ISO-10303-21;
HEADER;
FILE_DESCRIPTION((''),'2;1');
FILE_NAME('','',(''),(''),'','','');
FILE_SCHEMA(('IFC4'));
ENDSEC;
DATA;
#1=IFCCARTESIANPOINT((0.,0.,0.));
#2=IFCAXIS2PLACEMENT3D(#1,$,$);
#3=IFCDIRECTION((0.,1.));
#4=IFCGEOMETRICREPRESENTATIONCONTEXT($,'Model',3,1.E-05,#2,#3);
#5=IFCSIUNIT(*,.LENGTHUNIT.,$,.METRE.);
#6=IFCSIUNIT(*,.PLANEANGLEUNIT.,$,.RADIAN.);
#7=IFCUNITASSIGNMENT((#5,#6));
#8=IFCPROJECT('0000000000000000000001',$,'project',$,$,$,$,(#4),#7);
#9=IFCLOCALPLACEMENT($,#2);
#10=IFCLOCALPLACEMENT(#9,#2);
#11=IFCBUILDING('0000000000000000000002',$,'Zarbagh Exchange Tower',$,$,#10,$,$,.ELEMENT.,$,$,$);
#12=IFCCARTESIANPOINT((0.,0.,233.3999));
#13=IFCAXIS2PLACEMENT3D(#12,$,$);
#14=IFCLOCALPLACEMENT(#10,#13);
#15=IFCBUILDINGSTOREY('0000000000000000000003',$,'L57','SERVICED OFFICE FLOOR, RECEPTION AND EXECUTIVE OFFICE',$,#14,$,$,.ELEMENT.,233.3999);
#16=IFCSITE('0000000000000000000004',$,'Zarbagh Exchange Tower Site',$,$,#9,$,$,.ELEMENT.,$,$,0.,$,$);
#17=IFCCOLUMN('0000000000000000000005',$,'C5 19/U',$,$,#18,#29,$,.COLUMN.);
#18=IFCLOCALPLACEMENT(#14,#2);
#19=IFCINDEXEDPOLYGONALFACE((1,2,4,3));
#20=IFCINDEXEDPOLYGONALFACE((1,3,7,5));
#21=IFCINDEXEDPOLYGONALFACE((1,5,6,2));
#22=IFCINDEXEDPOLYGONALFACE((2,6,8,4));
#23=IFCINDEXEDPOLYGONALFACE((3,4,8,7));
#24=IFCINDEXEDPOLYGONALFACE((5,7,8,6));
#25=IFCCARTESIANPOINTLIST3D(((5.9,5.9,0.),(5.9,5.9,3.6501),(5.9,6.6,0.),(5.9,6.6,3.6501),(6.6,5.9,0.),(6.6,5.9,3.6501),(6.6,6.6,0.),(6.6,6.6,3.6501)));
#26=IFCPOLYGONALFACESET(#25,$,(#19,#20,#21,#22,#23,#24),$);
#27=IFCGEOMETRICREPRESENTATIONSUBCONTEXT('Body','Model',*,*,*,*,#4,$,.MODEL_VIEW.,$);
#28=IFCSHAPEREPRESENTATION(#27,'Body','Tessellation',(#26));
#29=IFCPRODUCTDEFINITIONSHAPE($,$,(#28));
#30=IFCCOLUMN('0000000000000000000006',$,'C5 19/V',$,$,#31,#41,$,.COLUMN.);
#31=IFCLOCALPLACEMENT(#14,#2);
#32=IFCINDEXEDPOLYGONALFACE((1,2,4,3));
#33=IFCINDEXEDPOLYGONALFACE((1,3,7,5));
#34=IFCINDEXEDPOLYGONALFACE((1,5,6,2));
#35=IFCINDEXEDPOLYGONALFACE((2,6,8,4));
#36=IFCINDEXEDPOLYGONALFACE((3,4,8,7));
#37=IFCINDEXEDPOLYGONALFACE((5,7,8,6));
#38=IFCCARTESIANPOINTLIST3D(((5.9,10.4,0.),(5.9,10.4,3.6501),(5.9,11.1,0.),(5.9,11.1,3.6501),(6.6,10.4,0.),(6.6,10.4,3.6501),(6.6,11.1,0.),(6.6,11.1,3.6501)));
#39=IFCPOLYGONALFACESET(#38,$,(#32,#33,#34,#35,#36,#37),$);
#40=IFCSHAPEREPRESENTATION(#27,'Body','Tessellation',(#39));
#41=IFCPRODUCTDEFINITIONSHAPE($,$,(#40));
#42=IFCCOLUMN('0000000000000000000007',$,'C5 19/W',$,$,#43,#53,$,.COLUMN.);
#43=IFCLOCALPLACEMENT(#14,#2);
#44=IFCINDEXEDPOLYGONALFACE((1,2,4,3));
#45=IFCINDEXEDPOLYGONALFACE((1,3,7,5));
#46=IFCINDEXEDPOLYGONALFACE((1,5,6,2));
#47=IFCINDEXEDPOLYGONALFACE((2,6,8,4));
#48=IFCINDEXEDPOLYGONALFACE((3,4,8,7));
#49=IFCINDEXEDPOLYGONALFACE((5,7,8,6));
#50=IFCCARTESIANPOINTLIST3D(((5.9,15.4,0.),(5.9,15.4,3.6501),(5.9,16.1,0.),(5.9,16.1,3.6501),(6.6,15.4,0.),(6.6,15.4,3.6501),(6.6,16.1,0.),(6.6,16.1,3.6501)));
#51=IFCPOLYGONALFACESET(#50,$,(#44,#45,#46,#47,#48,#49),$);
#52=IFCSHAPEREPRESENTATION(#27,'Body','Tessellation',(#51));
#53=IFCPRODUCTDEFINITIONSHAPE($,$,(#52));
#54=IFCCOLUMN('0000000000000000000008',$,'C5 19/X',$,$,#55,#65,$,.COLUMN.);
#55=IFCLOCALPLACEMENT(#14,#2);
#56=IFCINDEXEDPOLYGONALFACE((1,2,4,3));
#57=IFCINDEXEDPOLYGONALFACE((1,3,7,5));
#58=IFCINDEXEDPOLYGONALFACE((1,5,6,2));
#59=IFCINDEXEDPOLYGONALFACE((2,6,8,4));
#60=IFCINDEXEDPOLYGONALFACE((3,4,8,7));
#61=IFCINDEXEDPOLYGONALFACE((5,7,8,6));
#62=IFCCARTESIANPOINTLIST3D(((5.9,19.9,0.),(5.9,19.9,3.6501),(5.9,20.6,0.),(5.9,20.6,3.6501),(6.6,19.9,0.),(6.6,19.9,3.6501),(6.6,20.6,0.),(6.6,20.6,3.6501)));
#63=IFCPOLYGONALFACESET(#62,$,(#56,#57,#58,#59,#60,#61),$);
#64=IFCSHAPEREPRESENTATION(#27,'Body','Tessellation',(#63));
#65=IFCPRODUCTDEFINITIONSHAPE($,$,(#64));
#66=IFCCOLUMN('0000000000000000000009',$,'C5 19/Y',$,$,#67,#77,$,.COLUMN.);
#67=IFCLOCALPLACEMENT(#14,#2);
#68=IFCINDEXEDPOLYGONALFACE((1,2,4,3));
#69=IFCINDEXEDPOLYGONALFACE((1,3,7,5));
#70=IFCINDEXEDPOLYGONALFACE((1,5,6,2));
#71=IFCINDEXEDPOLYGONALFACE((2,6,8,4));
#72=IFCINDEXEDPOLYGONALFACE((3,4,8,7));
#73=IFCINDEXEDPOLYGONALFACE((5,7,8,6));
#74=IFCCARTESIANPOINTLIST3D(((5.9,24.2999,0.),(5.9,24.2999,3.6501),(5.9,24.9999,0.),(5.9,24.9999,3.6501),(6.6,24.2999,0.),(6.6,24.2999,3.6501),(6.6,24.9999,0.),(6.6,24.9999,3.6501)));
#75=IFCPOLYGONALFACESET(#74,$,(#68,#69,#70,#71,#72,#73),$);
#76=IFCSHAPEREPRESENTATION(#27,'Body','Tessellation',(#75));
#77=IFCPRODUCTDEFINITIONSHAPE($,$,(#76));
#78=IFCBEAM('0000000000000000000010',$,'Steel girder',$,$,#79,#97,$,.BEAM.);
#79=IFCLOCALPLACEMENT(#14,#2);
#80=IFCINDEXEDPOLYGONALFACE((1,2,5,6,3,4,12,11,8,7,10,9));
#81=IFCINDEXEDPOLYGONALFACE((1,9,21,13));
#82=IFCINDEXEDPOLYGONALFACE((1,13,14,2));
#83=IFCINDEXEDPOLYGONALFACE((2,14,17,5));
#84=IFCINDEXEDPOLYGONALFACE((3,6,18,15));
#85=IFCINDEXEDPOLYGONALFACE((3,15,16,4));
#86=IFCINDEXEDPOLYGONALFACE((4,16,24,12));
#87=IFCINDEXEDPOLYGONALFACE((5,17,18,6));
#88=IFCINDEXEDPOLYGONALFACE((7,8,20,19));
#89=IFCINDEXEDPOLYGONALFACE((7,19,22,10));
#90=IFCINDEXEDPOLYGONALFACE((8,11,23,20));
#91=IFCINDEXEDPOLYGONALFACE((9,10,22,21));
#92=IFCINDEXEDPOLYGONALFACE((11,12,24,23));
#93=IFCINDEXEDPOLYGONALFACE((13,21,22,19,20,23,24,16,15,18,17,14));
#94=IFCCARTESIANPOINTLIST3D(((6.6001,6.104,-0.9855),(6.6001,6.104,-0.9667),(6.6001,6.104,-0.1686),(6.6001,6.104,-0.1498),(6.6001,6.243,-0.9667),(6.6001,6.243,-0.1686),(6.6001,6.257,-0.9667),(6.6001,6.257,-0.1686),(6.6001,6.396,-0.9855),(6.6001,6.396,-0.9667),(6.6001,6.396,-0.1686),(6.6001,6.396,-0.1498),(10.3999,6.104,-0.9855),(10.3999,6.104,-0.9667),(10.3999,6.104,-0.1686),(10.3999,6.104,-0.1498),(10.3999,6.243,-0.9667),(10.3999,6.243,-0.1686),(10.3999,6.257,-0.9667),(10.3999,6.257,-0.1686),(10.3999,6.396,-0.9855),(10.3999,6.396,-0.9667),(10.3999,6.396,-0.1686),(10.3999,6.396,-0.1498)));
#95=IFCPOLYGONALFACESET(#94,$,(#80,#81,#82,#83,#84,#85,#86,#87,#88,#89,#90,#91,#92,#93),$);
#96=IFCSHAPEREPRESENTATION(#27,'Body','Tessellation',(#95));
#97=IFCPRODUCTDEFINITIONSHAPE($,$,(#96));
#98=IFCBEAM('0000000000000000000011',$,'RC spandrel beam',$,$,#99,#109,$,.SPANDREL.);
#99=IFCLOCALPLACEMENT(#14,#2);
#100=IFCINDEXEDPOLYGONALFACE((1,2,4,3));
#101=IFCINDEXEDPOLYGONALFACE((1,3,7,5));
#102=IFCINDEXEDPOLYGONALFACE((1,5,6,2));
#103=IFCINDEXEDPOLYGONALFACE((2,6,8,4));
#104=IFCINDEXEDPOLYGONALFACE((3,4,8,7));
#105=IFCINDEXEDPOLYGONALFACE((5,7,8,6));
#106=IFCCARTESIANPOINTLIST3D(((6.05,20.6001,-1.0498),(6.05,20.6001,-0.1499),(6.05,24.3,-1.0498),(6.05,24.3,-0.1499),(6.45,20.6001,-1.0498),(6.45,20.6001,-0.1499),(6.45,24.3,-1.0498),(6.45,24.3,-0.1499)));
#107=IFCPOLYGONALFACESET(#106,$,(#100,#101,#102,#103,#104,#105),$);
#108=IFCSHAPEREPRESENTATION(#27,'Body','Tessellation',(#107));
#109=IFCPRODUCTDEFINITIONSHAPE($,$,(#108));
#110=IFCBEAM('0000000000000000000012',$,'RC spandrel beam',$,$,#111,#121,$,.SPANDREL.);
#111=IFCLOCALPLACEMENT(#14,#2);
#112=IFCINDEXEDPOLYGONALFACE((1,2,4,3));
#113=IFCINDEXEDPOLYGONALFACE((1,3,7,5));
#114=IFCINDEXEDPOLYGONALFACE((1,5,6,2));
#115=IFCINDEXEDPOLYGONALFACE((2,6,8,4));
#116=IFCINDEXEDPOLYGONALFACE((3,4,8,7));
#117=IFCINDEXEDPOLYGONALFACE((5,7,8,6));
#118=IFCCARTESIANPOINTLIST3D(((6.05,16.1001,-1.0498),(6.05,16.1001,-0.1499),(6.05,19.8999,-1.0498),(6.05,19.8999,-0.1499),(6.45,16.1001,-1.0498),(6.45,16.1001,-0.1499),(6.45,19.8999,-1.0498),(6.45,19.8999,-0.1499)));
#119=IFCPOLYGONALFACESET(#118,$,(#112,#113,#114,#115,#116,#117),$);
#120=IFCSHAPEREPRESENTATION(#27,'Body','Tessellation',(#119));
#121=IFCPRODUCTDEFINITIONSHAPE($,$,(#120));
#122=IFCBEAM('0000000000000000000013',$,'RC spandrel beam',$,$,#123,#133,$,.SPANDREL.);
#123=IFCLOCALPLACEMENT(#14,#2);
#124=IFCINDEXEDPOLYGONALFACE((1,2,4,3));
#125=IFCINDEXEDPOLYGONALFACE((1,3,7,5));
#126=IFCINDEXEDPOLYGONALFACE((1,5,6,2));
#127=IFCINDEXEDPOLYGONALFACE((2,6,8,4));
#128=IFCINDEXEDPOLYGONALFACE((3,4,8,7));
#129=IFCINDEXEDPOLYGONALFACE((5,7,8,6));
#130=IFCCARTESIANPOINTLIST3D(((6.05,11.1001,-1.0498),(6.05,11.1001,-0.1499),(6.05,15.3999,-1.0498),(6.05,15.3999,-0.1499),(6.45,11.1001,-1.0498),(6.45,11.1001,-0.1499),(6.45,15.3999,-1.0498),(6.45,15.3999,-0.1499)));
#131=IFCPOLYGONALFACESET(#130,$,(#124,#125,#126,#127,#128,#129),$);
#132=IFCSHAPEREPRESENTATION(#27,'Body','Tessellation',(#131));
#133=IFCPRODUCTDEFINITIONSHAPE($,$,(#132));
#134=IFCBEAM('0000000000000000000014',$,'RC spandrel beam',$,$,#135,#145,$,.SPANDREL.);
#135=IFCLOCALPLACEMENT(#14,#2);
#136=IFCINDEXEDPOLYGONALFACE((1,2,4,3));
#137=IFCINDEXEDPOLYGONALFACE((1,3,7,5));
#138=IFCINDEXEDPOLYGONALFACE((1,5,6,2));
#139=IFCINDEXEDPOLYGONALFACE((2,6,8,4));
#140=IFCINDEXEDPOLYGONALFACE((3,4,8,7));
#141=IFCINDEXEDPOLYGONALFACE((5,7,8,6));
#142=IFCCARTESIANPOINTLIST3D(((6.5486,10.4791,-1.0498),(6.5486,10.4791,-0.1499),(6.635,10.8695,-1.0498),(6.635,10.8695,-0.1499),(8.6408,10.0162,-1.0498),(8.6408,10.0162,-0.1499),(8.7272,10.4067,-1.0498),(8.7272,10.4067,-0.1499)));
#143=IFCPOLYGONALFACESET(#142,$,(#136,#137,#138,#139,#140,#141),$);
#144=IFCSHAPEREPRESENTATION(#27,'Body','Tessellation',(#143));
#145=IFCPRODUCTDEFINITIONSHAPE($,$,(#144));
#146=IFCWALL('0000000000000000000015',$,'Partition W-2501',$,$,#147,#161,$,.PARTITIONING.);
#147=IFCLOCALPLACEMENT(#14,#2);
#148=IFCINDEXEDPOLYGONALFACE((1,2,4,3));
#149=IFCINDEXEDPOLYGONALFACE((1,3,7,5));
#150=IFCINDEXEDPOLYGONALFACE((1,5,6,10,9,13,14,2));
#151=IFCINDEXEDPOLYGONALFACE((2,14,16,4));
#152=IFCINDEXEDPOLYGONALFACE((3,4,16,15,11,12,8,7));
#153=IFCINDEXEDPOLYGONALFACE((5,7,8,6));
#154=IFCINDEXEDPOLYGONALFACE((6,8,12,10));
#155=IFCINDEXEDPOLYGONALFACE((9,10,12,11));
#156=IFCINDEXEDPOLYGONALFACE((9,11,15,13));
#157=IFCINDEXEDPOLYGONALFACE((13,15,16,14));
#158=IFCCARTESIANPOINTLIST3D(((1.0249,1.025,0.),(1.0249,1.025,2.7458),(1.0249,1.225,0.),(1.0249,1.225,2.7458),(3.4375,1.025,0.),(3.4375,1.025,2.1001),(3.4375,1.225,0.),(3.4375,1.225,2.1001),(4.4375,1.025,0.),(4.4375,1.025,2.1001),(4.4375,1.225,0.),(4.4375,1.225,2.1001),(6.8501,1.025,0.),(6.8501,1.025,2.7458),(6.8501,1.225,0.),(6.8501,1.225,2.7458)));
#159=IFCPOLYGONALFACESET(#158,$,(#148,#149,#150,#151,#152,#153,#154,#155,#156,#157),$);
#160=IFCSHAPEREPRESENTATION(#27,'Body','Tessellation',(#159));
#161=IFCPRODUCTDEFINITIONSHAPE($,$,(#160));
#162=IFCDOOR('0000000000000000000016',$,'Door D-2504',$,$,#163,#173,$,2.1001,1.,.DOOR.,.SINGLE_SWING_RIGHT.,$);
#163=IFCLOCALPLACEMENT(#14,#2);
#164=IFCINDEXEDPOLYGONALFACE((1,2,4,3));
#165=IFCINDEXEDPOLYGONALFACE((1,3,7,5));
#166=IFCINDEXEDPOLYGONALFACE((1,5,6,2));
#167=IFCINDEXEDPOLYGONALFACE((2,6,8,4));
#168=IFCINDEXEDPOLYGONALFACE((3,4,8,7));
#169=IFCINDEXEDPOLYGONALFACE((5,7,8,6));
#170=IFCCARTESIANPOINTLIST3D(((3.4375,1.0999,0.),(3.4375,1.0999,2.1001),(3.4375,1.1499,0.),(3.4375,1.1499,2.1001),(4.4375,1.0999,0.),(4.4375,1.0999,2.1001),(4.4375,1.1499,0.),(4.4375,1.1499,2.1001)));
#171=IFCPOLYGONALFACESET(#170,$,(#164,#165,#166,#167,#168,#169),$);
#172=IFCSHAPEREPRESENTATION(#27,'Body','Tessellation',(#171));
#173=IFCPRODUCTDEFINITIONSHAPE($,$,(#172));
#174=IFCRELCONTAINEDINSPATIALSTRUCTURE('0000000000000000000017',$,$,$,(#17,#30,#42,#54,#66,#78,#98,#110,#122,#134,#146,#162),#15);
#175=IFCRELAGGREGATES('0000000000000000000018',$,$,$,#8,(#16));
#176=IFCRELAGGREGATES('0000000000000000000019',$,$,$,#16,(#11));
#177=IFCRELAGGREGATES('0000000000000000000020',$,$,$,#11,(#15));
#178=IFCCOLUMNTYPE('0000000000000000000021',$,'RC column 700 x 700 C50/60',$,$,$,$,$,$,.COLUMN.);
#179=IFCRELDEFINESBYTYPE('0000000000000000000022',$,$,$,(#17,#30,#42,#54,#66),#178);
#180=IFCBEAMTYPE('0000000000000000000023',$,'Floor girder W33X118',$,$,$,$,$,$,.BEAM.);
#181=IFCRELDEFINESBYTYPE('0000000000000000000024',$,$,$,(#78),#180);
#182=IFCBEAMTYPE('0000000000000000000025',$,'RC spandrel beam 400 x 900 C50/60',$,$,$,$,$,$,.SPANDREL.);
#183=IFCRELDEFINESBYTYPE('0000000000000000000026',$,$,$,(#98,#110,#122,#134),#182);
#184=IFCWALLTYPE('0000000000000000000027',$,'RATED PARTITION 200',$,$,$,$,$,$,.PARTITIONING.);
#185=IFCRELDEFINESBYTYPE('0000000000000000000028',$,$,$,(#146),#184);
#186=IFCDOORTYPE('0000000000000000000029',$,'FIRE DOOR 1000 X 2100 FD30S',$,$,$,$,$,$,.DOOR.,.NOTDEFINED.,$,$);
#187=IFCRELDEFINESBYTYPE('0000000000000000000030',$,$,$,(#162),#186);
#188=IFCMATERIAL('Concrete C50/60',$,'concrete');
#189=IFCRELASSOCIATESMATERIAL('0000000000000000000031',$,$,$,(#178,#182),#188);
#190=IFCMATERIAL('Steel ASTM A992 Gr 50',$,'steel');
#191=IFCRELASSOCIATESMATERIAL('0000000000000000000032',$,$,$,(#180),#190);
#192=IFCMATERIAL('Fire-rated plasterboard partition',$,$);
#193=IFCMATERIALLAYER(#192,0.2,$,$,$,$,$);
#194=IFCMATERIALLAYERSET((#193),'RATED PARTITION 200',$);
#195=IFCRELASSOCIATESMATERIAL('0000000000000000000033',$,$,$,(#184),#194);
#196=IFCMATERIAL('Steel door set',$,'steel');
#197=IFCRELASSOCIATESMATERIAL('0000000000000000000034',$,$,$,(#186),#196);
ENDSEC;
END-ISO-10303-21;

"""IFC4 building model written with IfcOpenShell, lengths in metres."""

from ifc_helpers import new_model, si_unit, direction, frame, frame_2d, origin, origin_2d, place, context, subcontext, project, spatial, rectangle, i_section, extrude, material, layer, layer_set, material_profile, profile_set, type_object, element, fill, save


model = new_model("IFC4")

# Units and contexts
model_context = context("Model", 3, precision=1e-05, world=origin(), true_north=direction((0.0, 1.0)))
body_context = subcontext(model_context, "Body", "Model", "MODEL_VIEW")
ifc_project = project(units=[si_unit("LENGTHUNIT", "METRE"), si_unit("PLANEANGLEUNIT", "RADIAN")], contexts=[model_context])

# Site, building, storey
site_placement = place(None, origin())
site = spatial("IfcSite", under=ifc_project, at=site_placement, Name="Zarbagh Exchange Tower Site", CompositionType="ELEMENT", RefElevation=0.0)
building_placement = place(site_placement, origin())
building = spatial("IfcBuilding", under=site, at=building_placement, Name="Zarbagh Exchange Tower", CompositionType="ELEMENT")
storey_placement = place(building_placement, frame((0.0, 0.0, 233.3999)))
storey = spatial("IfcBuildingStorey", under=building, at=storey_placement, Name="L57", Description="SERVICED OFFICE FLOOR, RECEPTION AND EXECUTIVE OFFICE", CompositionType="ELEMENT", Elevation=233.3999)

# Columns
ifc_material_1 = material(Name="Concrete C50/60", Category="concrete")
ifc_material_profile_1 = material_profile(ifc_material_1, rectangle(XDim=0.7, YDim=0.7, at=origin_2d()), Name="RC column 700 x 700 C50/60")
ifc_profile_set_1 = profile_set([ifc_material_profile_1], Name="Concrete C50/60")
column_type = type_object("IfcColumnType", Name="RC column 700 x 700 C50/60", PredefinedType="COLUMN", material=ifc_profile_set_1)
for number, where, z_axis, x_axis, name in (
    (1, (6.25, 6.25, 0.0), (0.0, 0.0, 1.0), (1.0, 0.0, 0.0), "C5 19/U"),
    (2, (6.25, 10.75, 0.0), (0.0, 0.0, 1.0), (1.0, 0.0, 0.0), "C5 19/V"),
    (3, (6.25, 15.75, 0.0), (0.0, 0.0, 1.0), (1.0, 0.0, 0.0), "C5 19/W"),
    (4, (6.25, 20.25, 0.0), (0.0, 0.0, 1.0), (1.0, 0.0, 0.0), "C5 19/X"),
    (5, (6.25, 24.6499, 0.0), (0.0, 0.0, 1.0), (1.0, 0.0, 0.0), "C5 19/Y"),
):
    element("IfcColumn", number, at=place(storey_placement, frame(where, z_axis=z_axis, x_axis=x_axis)), inside=storey, type_object=column_type, Name=name, PredefinedType="COLUMN", context=body_context, shape_type="SweptSolid", body=[
        extrude(rectangle(XDim=0.7, YDim=0.7, at=origin_2d()), origin(), (0.0, 0.0, 1.0), 3.6501),
    ])

# Beams
ifc_material_2 = material(Name="Steel ASTM A992 Gr 50", Category="steel")
ifc_material_profile_2 = material_profile(ifc_material_2, i_section(OverallWidth=0.292, OverallDepth=0.8357, WebThickness=0.0139, FlangeThickness=0.0188, at=origin_2d()), Name="W33X118")
ifc_profile_set_2 = profile_set([ifc_material_profile_2], Name="Steel ASTM A992 Gr 50")
beam_type_1 = type_object("IfcBeamType", Name="Floor girder W33X118", PredefinedType="BEAM", material=ifc_profile_set_2)
beam_1_placement = place(storey_placement, frame((6.6001, 6.25, -0.5676), z_axis=(1.0, 0.0, 0.0), x_axis=(0.0, 1.0, 0.0)))
element("IfcBeam", 6, at=beam_1_placement, inside=storey, type_object=beam_type_1, Name="Steel girder", PredefinedType="BEAM", context=body_context, shape_type="SweptSolid", body=[
    extrude(i_section(OverallWidth=0.292, OverallDepth=0.8357, WebThickness=0.0139, FlangeThickness=0.0188, at=origin_2d()), origin(), (0.0, 0.0, 1.0), 3.7998),
])
ifc_material_profile_3 = material_profile(ifc_material_1, rectangle(XDim=0.3999, YDim=0.8999, at=origin_2d()), Name="RC spandrel beam 400 x 900 C50/60")
ifc_profile_set_3 = profile_set([ifc_material_profile_3], Name="Concrete C50/60")
beam_type_2 = type_object("IfcBeamType", Name="RC spandrel beam 400 x 900 C50/60", PredefinedType="SPANDREL", material=ifc_profile_set_3)
beam_2_placement = place(storey_placement, frame((6.25, 24.3, -0.5999), z_axis=(0.0, -1.0, 0.0), x_axis=(1.0, 0.0, 0.0)))
element("IfcBeam", 7, at=beam_2_placement, inside=storey, type_object=beam_type_2, Name="RC spandrel beam", PredefinedType="SPANDREL", context=body_context, shape_type="SweptSolid", body=[
    extrude(rectangle(XDim=0.3999, YDim=0.8999, at=origin_2d()), origin(), (0.0, 0.0, 1.0), 3.7),
])
beam_3_placement = place(storey_placement, frame((6.25, 19.8999, -0.5999), z_axis=(0.0, -1.0, 0.0), x_axis=(1.0, 0.0, 0.0)))
element("IfcBeam", 8, at=beam_3_placement, inside=storey, type_object=beam_type_2, Name="RC spandrel beam", PredefinedType="SPANDREL", context=body_context, shape_type="SweptSolid", body=[
    extrude(rectangle(XDim=0.3999, YDim=0.8999, at=origin_2d()), origin(), (0.0, 0.0, 1.0), 3.7998),
])
beam_4_placement = place(storey_placement, frame((6.25, 15.3999, -0.5999), z_axis=(0.0, -1.0, 0.0), x_axis=(1.0, 0.0, 0.0)))
element("IfcBeam", 9, at=beam_4_placement, inside=storey, type_object=beam_type_2, Name="RC spandrel beam", PredefinedType="SPANDREL", context=body_context, shape_type="SweptSolid", body=[
    extrude(rectangle(XDim=0.3999, YDim=0.8999, at=origin_2d()), origin(), (0.0, 0.0, 1.0), 4.2998),
])
beam_5_placement = place(storey_placement, frame((6.5918, 10.6743, -0.5999), z_axis=(0.97639, -0.216014, 0.0), x_axis=(0.216014, 0.97639, 0.0)))
element("IfcBeam", 10, at=beam_5_placement, inside=storey, type_object=beam_type_2, Name="RC spandrel beam", PredefinedType="SPANDREL", context=body_context, shape_type="SweptSolid", body=[
    extrude(rectangle(XDim=0.3999, YDim=0.8999, at=origin_2d()), origin(), (0.0, 0.0, 1.0), 2.1428),
])

# Wall, opening, door
ifc_material_3 = material(Name="Fire-rated plasterboard partition")
ifc_layer_1 = layer(ifc_material_3, 0.2)
ifc_layer_set_1 = layer_set([ifc_layer_1], Name="RATED PARTITION 200")
wall_type_1 = type_object("IfcWallType", Name="RATED PARTITION 200", PredefinedType="PARTITIONING", material=ifc_layer_set_1)
wall_1_placement = place(storey_placement, frame((1.0249, 1.125, 0.0), z_axis=(0.0, 0.0, 1.0), x_axis=(1.0, 0.0, 0.0)))
wall_1 = element("IfcWall", 11, at=wall_1_placement, inside=storey, type_object=wall_type_1, Name="Partition W-2501", PredefinedType="PARTITIONING", context=body_context, shape_type="SweptSolid", body=[
    extrude(rectangle(XDim=5.8252, YDim=0.2, at=frame_2d((2.9126, 0.0))), origin(), (0.0, 0.0, 1.0), 2.7458),
])
opening_1_placement = place(wall_1_placement, frame((2.4126, 0.0, 0.0)))
opening_1 = element("IfcOpeningElement", 12, at=opening_1_placement, cuts=wall_1, PredefinedType="OPENING", context=body_context, shape_type="SweptSolid", body=[
    extrude(rectangle(XDim=1.0, YDim=2.1001, at=frame_2d((0.5, 1.05))), frame((0.0, 0.1099, 0.0), z_axis=(0.0, -1.0, 0.0), x_axis=(1.0, 0.0, 0.0)), (0.0, 0.0, 1.0), 0.22),
])
ifc_material_4 = material(Name="Steel door set", Category="steel")
door_type_1 = type_object("IfcDoorType", Name="FIRE DOOR 1000 X 2100 FD30S", OperationType="NOTDEFINED", PredefinedType="DOOR", material=ifc_material_4)
door_1_placement = place(opening_1_placement, origin())
door_1 = element("IfcDoor", 13, at=door_1_placement, inside=storey, type_object=door_type_1, Name="Door D-2504", OperationType="SINGLE_SWING_RIGHT", OverallHeight=2.1001, OverallWidth=1.0, PredefinedType="DOOR", context=body_context, shape_type="SweptSolid", body=[
    extrude(rectangle(XDim=1.0, YDim=2.1001, at=frame_2d((0.5, 1.05))), frame((0.0, 0.0249, 0.0), z_axis=(0.0, -1.0, 0.0), x_axis=(1.0, 0.0, 0.0)), (0.0, 0.0, 1.0), 0.05),
])
fill(opening_1, door_1)

save(model, "model.ifc")
